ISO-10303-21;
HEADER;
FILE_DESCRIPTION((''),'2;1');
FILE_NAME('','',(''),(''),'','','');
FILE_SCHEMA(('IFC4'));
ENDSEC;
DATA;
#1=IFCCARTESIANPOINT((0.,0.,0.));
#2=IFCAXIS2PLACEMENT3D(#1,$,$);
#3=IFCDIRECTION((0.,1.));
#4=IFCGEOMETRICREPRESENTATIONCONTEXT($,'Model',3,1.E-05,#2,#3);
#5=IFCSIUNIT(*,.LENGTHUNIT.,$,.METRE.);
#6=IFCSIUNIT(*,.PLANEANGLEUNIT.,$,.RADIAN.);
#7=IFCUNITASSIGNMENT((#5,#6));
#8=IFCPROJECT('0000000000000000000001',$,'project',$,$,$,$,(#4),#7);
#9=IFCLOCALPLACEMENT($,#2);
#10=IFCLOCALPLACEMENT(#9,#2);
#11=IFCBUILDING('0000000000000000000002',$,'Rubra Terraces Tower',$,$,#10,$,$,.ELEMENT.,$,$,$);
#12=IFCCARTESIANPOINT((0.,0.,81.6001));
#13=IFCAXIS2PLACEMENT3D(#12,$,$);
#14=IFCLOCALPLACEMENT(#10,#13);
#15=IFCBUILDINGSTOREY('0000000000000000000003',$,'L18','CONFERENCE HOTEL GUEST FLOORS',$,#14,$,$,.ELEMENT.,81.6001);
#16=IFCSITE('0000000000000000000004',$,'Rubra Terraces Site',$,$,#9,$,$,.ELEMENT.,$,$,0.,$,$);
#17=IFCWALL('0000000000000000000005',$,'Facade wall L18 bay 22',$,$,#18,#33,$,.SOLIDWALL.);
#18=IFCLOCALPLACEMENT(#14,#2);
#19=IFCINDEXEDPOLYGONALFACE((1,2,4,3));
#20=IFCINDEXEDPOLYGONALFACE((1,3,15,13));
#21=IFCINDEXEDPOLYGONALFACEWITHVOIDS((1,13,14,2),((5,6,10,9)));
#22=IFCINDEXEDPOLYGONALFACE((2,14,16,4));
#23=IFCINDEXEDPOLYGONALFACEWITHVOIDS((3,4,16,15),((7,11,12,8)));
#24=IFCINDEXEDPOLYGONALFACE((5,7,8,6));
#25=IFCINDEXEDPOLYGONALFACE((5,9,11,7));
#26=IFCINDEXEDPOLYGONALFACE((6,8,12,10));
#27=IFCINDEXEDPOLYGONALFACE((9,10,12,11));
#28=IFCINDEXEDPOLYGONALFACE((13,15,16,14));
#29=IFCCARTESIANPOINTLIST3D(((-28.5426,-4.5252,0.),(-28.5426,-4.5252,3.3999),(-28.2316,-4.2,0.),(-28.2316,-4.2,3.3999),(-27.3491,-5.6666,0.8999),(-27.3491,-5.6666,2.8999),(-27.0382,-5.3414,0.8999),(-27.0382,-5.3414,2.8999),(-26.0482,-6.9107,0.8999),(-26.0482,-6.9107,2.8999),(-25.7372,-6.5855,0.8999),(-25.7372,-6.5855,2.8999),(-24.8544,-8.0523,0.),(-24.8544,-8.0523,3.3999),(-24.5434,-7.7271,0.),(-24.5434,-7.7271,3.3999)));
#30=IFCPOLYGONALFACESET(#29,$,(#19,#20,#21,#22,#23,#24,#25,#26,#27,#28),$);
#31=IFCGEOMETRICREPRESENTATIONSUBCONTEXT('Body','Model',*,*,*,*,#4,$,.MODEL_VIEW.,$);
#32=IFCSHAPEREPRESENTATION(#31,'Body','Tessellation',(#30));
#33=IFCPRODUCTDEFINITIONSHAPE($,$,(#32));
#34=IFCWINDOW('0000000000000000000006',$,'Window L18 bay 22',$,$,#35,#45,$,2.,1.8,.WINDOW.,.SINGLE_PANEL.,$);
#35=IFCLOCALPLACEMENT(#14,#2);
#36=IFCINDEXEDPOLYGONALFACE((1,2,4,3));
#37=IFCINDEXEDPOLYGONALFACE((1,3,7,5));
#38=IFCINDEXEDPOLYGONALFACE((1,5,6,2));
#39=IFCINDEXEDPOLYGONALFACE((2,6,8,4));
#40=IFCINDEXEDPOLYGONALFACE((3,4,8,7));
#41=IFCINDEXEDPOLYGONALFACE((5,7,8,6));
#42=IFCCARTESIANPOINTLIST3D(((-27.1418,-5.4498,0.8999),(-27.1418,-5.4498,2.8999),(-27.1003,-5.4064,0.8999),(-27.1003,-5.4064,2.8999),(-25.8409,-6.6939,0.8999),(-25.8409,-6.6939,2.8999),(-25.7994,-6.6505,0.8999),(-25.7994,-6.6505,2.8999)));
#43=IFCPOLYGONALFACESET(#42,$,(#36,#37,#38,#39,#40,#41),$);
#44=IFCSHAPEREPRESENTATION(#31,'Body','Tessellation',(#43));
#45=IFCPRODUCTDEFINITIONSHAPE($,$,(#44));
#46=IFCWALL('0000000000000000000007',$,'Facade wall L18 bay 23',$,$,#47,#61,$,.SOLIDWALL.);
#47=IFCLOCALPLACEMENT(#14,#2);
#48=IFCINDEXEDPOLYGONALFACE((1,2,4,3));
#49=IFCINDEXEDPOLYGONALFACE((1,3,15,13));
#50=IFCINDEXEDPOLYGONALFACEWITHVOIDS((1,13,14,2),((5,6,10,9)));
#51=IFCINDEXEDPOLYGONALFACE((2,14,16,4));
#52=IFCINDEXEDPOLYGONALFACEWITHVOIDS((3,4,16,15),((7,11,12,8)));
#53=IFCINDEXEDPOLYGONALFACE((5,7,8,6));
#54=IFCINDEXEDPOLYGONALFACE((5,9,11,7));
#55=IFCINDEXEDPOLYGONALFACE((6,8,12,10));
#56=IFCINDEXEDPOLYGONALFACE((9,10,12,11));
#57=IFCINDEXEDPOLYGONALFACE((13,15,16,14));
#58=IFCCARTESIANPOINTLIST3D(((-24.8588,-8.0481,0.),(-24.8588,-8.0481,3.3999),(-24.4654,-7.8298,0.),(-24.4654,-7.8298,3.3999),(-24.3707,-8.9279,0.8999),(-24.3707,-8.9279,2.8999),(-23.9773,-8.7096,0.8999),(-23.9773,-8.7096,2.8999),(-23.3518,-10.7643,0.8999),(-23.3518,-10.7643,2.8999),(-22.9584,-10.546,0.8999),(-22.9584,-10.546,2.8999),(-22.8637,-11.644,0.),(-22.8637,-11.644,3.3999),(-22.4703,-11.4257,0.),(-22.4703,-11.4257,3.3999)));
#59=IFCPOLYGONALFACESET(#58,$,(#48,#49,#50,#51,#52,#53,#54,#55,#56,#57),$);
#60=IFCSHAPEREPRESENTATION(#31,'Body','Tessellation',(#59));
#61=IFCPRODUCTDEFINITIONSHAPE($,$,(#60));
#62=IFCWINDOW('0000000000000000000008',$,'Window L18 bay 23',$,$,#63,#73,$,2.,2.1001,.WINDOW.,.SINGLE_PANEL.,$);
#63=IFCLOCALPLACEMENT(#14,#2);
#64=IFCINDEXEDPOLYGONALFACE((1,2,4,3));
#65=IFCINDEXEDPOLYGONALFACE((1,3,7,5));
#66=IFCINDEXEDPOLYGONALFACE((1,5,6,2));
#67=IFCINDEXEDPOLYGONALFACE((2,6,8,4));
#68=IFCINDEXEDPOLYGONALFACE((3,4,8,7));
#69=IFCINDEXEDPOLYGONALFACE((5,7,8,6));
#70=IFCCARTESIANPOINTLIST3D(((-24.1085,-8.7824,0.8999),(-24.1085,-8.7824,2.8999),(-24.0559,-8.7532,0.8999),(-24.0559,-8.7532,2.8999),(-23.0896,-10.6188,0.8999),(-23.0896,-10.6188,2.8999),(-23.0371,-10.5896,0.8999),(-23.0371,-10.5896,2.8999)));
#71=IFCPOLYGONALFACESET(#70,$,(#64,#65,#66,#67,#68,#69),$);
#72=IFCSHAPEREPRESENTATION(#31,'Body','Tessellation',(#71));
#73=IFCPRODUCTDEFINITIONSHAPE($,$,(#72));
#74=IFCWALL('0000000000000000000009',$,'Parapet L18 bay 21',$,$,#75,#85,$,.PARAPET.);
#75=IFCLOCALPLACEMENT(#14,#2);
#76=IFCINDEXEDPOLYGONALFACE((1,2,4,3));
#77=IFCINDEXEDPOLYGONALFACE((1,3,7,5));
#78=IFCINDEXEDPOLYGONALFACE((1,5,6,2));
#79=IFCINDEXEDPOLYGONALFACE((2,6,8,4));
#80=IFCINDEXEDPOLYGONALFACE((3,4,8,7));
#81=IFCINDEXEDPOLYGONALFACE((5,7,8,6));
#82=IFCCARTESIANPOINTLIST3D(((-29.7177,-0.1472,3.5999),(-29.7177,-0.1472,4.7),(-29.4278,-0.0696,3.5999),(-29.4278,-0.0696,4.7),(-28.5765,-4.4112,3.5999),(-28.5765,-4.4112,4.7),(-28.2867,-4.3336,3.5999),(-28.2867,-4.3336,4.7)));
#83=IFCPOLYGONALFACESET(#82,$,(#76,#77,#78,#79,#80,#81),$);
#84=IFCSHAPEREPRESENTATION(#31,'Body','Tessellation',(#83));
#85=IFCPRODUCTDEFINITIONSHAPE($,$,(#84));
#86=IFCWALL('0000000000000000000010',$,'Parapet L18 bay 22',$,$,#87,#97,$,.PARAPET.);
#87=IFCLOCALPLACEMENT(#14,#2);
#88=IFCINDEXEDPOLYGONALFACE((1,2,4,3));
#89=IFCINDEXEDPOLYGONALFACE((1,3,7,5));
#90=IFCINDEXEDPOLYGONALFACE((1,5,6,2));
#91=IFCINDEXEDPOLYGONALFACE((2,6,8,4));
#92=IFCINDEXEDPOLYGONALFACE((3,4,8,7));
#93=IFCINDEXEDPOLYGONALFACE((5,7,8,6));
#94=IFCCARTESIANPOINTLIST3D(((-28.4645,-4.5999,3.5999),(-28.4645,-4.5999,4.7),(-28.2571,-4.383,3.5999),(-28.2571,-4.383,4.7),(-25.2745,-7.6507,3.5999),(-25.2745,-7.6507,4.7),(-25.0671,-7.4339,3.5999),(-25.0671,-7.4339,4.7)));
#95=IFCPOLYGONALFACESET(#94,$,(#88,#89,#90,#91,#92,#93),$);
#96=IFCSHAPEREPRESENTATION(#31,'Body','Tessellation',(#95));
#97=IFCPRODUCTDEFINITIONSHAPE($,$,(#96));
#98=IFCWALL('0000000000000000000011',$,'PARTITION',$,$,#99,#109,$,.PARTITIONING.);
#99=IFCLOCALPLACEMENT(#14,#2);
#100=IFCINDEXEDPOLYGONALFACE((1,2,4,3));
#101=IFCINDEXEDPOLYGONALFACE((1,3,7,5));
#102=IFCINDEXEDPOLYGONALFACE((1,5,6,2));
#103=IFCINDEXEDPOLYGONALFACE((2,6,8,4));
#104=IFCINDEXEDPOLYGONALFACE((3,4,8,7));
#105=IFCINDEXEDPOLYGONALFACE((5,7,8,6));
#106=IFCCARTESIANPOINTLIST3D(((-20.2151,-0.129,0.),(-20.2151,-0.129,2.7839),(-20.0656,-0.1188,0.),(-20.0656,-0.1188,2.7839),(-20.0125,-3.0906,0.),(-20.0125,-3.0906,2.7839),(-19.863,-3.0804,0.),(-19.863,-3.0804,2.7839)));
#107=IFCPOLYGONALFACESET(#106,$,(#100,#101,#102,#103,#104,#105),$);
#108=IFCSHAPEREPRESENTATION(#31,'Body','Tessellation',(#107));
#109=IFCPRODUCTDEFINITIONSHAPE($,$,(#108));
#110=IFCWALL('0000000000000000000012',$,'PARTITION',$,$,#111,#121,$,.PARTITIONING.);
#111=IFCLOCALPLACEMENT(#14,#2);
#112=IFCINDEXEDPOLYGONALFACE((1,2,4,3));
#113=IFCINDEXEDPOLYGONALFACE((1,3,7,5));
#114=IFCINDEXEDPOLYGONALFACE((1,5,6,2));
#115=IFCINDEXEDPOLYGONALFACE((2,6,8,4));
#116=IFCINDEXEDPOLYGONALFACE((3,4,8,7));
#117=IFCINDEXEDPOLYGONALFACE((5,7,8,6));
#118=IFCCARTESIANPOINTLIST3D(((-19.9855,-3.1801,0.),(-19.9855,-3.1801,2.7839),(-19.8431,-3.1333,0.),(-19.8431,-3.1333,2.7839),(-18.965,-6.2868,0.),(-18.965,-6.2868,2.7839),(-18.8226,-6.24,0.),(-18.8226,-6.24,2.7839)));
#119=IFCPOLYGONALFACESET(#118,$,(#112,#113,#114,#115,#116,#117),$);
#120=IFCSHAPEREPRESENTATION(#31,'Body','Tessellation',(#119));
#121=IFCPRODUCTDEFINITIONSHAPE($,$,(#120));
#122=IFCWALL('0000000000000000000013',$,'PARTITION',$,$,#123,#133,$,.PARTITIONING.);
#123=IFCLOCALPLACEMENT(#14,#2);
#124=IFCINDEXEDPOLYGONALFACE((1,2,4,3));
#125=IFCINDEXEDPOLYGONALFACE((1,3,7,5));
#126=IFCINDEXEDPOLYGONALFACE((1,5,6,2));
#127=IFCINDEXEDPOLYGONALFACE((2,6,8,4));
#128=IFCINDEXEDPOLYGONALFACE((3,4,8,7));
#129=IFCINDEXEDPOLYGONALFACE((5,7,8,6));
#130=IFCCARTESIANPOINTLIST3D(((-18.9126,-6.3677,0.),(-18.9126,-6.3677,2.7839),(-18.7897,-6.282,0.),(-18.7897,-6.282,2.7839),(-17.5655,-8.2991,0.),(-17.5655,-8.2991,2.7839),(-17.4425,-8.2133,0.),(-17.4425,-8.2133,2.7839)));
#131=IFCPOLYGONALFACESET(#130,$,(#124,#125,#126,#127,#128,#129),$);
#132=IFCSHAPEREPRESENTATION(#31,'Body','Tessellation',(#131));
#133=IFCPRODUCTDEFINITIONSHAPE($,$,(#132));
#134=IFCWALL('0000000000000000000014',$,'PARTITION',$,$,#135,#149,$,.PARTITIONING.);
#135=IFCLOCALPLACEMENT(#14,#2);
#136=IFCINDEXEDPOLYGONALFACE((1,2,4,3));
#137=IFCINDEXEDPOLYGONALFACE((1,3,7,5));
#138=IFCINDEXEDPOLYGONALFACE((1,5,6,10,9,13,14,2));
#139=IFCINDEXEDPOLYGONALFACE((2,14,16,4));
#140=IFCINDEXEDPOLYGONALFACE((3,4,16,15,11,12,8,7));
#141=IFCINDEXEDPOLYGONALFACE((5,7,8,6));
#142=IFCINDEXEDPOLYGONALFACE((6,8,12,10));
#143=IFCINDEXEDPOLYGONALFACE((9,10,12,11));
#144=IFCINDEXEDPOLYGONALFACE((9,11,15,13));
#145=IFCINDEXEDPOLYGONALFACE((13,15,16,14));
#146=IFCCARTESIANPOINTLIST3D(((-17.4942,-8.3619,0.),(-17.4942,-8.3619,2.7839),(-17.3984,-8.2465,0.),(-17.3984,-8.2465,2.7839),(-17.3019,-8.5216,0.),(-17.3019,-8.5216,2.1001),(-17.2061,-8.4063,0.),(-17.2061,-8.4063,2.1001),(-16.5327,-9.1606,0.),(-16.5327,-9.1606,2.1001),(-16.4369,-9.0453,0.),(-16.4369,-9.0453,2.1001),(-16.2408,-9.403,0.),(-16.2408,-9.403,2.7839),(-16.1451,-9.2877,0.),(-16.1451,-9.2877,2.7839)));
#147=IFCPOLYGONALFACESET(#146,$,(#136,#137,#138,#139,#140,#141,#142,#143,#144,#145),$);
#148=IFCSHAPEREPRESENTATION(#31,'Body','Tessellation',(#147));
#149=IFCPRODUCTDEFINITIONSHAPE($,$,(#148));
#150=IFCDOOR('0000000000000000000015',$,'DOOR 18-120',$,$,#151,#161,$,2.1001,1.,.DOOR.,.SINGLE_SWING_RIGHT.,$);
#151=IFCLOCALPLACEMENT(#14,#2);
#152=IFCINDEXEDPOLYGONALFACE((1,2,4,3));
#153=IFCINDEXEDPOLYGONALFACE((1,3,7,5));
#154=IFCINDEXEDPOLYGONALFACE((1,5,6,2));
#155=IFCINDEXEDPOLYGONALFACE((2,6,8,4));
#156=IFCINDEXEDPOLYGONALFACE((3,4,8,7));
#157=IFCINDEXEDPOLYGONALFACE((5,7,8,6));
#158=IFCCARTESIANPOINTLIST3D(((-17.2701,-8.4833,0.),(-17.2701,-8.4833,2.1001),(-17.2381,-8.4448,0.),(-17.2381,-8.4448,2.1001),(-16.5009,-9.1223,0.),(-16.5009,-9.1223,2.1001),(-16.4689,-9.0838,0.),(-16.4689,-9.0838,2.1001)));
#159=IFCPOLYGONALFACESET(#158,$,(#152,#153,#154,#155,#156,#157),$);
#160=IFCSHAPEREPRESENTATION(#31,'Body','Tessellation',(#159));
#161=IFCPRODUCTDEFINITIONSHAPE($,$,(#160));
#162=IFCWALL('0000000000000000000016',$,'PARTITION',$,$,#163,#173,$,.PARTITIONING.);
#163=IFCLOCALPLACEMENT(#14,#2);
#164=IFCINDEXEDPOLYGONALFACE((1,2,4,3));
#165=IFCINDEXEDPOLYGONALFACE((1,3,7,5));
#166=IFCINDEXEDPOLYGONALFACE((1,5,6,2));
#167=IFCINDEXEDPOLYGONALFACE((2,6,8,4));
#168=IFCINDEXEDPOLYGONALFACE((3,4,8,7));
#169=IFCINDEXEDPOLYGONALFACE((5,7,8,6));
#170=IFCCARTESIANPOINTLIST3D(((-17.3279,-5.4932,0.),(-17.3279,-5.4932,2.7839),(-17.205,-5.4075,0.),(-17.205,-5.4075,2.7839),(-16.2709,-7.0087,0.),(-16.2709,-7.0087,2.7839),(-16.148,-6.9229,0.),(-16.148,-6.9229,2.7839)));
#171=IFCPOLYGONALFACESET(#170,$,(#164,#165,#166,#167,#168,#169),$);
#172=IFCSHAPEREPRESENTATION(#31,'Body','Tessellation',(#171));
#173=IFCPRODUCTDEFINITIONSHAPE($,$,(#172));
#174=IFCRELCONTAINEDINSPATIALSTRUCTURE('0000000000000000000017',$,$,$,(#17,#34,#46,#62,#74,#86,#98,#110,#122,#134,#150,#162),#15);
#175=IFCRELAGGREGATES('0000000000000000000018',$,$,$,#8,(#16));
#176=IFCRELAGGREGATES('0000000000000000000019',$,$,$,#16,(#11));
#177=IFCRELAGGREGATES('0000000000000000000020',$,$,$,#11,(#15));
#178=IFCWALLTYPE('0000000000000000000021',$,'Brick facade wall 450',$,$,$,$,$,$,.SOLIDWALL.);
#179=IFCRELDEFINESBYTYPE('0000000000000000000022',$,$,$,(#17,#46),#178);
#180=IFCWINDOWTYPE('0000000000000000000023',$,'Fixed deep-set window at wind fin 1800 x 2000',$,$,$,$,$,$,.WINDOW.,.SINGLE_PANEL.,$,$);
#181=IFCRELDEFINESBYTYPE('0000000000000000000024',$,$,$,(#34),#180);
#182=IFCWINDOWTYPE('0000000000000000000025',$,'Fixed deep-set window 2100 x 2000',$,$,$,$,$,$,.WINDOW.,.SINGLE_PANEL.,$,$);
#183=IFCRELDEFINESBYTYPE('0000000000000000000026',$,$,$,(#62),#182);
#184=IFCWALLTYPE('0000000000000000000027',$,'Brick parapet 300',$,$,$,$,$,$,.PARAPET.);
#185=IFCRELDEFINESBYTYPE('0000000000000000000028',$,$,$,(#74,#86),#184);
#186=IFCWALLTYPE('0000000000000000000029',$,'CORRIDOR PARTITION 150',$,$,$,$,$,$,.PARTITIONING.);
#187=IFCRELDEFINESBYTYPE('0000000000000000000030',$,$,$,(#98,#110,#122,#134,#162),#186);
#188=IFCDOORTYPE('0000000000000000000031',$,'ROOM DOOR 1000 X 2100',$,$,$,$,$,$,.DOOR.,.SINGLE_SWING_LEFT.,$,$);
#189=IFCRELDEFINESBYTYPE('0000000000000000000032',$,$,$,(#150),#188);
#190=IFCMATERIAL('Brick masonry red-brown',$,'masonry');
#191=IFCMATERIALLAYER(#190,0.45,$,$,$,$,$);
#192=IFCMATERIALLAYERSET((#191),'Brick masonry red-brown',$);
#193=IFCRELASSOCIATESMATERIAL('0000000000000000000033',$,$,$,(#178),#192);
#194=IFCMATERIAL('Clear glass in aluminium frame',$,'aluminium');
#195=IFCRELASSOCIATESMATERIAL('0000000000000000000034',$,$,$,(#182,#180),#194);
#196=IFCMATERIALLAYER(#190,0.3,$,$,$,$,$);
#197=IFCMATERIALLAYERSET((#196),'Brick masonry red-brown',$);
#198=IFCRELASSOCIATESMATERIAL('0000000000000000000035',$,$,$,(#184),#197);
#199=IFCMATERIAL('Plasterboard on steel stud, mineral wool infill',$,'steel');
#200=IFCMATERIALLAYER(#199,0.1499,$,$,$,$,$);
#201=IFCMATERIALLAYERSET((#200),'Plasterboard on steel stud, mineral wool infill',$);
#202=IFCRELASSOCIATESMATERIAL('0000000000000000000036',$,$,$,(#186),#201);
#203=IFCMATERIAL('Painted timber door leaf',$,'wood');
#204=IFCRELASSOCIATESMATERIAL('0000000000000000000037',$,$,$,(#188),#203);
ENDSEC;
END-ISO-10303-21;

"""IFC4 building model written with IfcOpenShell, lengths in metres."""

from ifc_helpers import new_model, si_unit, direction, frame, frame_2d, origin, place, context, subcontext, project, spatial, rectangle, extrude, material, layer, layer_set, type_object, element, fill, save


model = new_model("IFC4")

# Units and contexts
model_context = context("Model", 3, precision=1e-05, world=origin(), true_north=direction((0.0, 1.0)))
body_context = subcontext(model_context, "Body", "Model", "MODEL_VIEW")
ifc_project = project(units=[si_unit("LENGTHUNIT", "METRE"), si_unit("PLANEANGLEUNIT", "RADIAN")], contexts=[model_context])

# Site, building, storey
site_placement = place(None, origin())
site = spatial("IfcSite", under=ifc_project, at=site_placement, Name="Rubra Terraces Site", CompositionType="ELEMENT", RefElevation=0.0)
building_placement = place(site_placement, origin())
building = spatial("IfcBuilding", under=site, at=building_placement, Name="Rubra Terraces Tower", CompositionType="ELEMENT")
storey_placement = place(building_placement, frame((0.0, 0.0, 81.6001)))
storey = spatial("IfcBuildingStorey", under=building, at=storey_placement, Name="L18", Description="CONFERENCE HOTEL GUEST FLOORS", CompositionType="ELEMENT", Elevation=81.6001)

# Walls, openings, windows
ifc_material_1 = material(Name="Brick masonry red-brown", Category="masonry")
ifc_layer_1 = layer(ifc_material_1, 0.45)
ifc_layer_set_1 = layer_set([ifc_layer_1], Name="Brick masonry red-brown")
wall_type_1 = type_object("IfcWallType", Name="Brick facade wall 450", PredefinedType="SOLIDWALL", material=ifc_layer_set_1)
ifc_material_2 = material(Name="Clear glass in aluminium frame", Category="aluminium")
window_type_1 = type_object("IfcWindowType", Name="Fixed deep-set window 2100 x 2000", PartitioningType="SINGLE_PANEL", PredefinedType="WINDOW", material=ifc_material_2)
wall_1_placement = place(storey_placement, frame((-28.3872, -4.3625, 0.0), z_axis=(0.0, 0.0, 1.0), x_axis=(0.722718, -0.691143, 0.0)))
wall_1 = element("IfcWall", 1, at=wall_1_placement, inside=storey, type_object=wall_type_1, Name="Facade wall L18 bay 22", PredefinedType="SOLIDWALL", context=body_context, shape_type="SweptSolid", body=[
    extrude(rectangle(XDim=5.1033, YDim=0.45, at=frame_2d((2.5518, 0.0))), origin(), (0.0, 0.0, 1.0), 3.3999),
])
opening_1_placement = place(wall_1_placement, frame((1.6516, 0.0, 0.8999)))
opening_1 = element("IfcOpeningElement", 2, at=opening_1_placement, cuts=wall_1, PredefinedType="OPENING", context=body_context, shape_type="SweptSolid", body=[
    extrude(rectangle(XDim=1.8, YDim=2.0, at=frame_2d((0.8999, 1.0))), frame((0.0, 0.2349, 0.0), z_axis=(0.0, -1.0, 0.0), x_axis=(1.0, 0.0, 0.0)), (0.0, 0.0, 1.0), 0.47),
])
window_type_2 = type_object("IfcWindowType", Name="Fixed deep-set window at wind fin 1800 x 2000", PartitioningType="SINGLE_PANEL", PredefinedType="WINDOW", material=ifc_material_2)
window_1_placement = place(opening_1_placement, origin())
window_1 = element("IfcWindow", 3, at=window_1_placement, inside=storey, type_object=window_type_2, Name="Window L18 bay 22", OverallHeight=2.0, OverallWidth=1.8, PartitioningType="SINGLE_PANEL", PredefinedType="WINDOW", context=body_context, shape_type="SweptSolid", body=[
    extrude(rectangle(XDim=1.8, YDim=2.0, at=frame_2d((0.8999, 1.0))), frame((0.0, 0.135, 0.0), z_axis=(0.0, -1.0, 0.0), x_axis=(1.0, 0.0, 0.0)), (0.0, 0.0, 1.0), 0.0601),
])
fill(opening_1, window_1)
wall_2_placement = place(storey_placement, frame((-24.6621, -7.939, 0.0), z_axis=(0.0, 0.0, 1.0), x_axis=(0.485154, -0.874429, 0.0)))
wall_2 = element("IfcWall", 4, at=wall_2_placement, inside=storey, type_object=wall_type_1, Name="Facade wall L18 bay 23", PredefinedType="SOLIDWALL", context=body_context, shape_type="SweptSolid", body=[
    extrude(rectangle(XDim=4.1123, YDim=0.45, at=frame_2d((2.0562, 0.0))), origin(), (0.0, 0.0, 1.0), 3.3999),
])
opening_2_placement = place(wall_2_placement, frame((1.0061, 0.0, 0.8999)))
opening_2 = element("IfcOpeningElement", 5, at=opening_2_placement, cuts=wall_2, PredefinedType="OPENING", context=body_context, shape_type="SweptSolid", body=[
    extrude(rectangle(XDim=2.1001, YDim=2.0, at=frame_2d((1.05, 1.0))), frame((0.0, 0.2349, 0.0), z_axis=(0.0, -1.0, 0.0), x_axis=(1.0, 0.0, 0.0)), (0.0, 0.0, 1.0), 0.47),
])
window_2_placement = place(opening_2_placement, origin())
window_2 = element("IfcWindow", 6, at=window_2_placement, inside=storey, type_object=window_type_1, Name="Window L18 bay 23", OverallHeight=2.0, OverallWidth=2.1001, PartitioningType="SINGLE_PANEL", PredefinedType="WINDOW", context=body_context, shape_type="SweptSolid", body=[
    extrude(rectangle(XDim=2.1001, YDim=2.0, at=frame_2d((1.05, 1.0))), frame((0.0, 0.135, 0.0), z_axis=(0.0, -1.0, 0.0), x_axis=(1.0, 0.0, 0.0)), (0.0, 0.0, 1.0), 0.0601),
])
fill(opening_2, window_2)

# Walls
ifc_layer_2 = layer(ifc_material_1, 0.3)
ifc_layer_set_2 = layer_set([ifc_layer_2], Name="Brick masonry red-brown")
wall_type_2 = type_object("IfcWallType", Name="Brick parapet 300", PredefinedType="PARAPET", material=ifc_layer_set_2)
for number, where, z_axis, x_axis, name in (
    (7, (-29.5728, -0.1084, 3.5999), (0.0, 0.0, 1.0), (0.258523, -0.966005, 0.0), "Parapet L18 bay 21"),
    (8, (-28.3608, -4.4915, 3.5999), (0.0, 0.0, 1.0), (0.722695, -0.691167, 0.0), "Parapet L18 bay 22"),
):
    element("IfcWall", number, at=place(storey_placement, frame(where, z_axis=z_axis, x_axis=x_axis)), inside=storey, type_object=wall_type_2, Name=name, PredefinedType="PARAPET", context=body_context, shape_type="SweptSolid", body=[
        extrude(rectangle(XDim=4.4141, YDim=0.3, at=frame_2d((2.207, 0.0))), origin(), (0.0, 0.0, 1.0), 1.1001),
    ])
ifc_material_3 = material(Name="Plasterboard on steel stud, mineral wool infill", Category="steel")
ifc_layer_3 = layer(ifc_material_3, 0.1499)
ifc_layer_set_3 = layer_set([ifc_layer_3], Name="Plasterboard on steel stud, mineral wool infill")
wall_type_3 = type_object("IfcWallType", Name="CORRIDOR PARTITION 150", PredefinedType="PARTITIONING", material=ifc_layer_set_3)
wall_3_placement = place(storey_placement, frame((-20.1404, -0.1238, 0.0), z_axis=(0.0, 0.0, 1.0), x_axis=(0.06826, -0.997668, 0.0)))
element("IfcWall", 9, at=wall_3_placement, inside=storey, type_object=wall_type_3, Name="PARTITION", PredefinedType="PARTITIONING", context=body_context, shape_type="SweptSolid", body=[
    extrude(rectangle(XDim=2.9685, YDim=0.1499, at=frame_2d((1.4844, 0.0))), origin(), (0.0, 0.0, 1.0), 2.7839),
])
wall_4_placement = place(storey_placement, frame((-19.9143, -3.1567, 0.0), z_axis=(0.0, 0.0, 1.0), x_axis=(0.312081, -0.950055, 0.0)))
element("IfcWall", 10, at=wall_4_placement, inside=storey, type_object=wall_type_3, Name="PARTITION", PredefinedType="PARTITIONING", context=body_context, shape_type="SweptSolid", body=[
    extrude(rectangle(XDim=3.27, YDim=0.1499, at=frame_2d((1.635, 0.0))), origin(), (0.0, 0.0, 1.0), 2.7839),
])
wall_5_placement = place(storey_placement, frame((-18.8511, -6.325, 0.0), z_axis=(0.0, 0.0, 1.0), x_axis=(0.572091, -0.82019, 0.0)))
element("IfcWall", 11, at=wall_5_placement, inside=storey, type_object=wall_type_3, Name="PARTITION", PredefinedType="PARTITIONING", context=body_context, shape_type="SweptSolid", body=[
    extrude(rectangle(XDim=2.3547, YDim=0.1499, at=frame_2d((1.1772, 0.0))), origin(), (0.0, 0.0, 1.0), 2.7839),
])

# Wall, opening, door
wall_6_placement = place(storey_placement, frame((-17.4463, -8.3042, 0.0), z_axis=(0.0, 0.0, 1.0), x_axis=(0.769203, -0.639005, 0.0)))
wall_6 = element("IfcWall", 12, at=wall_6_placement, inside=storey, type_object=wall_type_3, Name="PARTITION", PredefinedType="PARTITIONING", context=body_context, shape_type="SweptSolid", body=[
    extrude(rectangle(XDim=1.6294, YDim=0.1499, at=frame_2d((0.8147, 0.0))), origin(), (0.0, 0.0, 1.0), 2.7839),
])
opening_3_placement = place(wall_6_placement, frame((0.25, 0.0, 0.0)))
opening_3 = element("IfcOpeningElement", 13, at=opening_3_placement, cuts=wall_6, PredefinedType="OPENING", context=body_context, shape_type="SweptSolid", body=[
    extrude(rectangle(XDim=1.0, YDim=2.1001, at=frame_2d((0.5, 1.05))), frame((0.0, 0.085, 0.0), z_axis=(0.0, -1.0, 0.0), x_axis=(1.0, 0.0, 0.0)), (0.0, 0.0, 1.0), 0.1699),
])
ifc_material_4 = material(Name="Painted timber door leaf", Category="wood")
door_type_1 = type_object("IfcDoorType", Name="ROOM DOOR 1000 X 2100", OperationType="SINGLE_SWING_LEFT", PredefinedType="DOOR", material=ifc_material_4)
door_1_placement = place(opening_3_placement, origin())
door_1 = element("IfcDoor", 14, at=door_1_placement, inside=storey, type_object=door_type_1, Name="DOOR 18-120", OperationType="SINGLE_SWING_RIGHT", OverallHeight=2.1001, OverallWidth=1.0, PredefinedType="DOOR", context=body_context, shape_type="SweptSolid", body=[
    extrude(rectangle(XDim=1.0, YDim=2.1001, at=frame_2d((0.5, 1.05))), frame((0.0, 0.0249, 0.0), z_axis=(0.0, -1.0, 0.0), x_axis=(1.0, 0.0, 0.0)), (0.0, 0.0, 1.0), 0.05),
])
fill(opening_3, door_1)

# Wall
wall_7_placement = place(storey_placement, frame((-16.2095, -6.9658, 0.0), z_axis=(0.0, 0.0, 1.0), x_axis=(-0.572051, 0.820218, 0.0)))
element("IfcWall", 15, at=wall_7_placement, inside=storey, type_object=wall_type_3, Name="PARTITION", PredefinedType="PARTITIONING", context=body_context, shape_type="SweptSolid", body=[
    extrude(rectangle(XDim=1.8477, YDim=0.1499, at=frame_2d((0.9238, 0.0))), origin(), (0.0, 0.0, 1.0), 2.7839),
])

save(model, "model.ifc")
